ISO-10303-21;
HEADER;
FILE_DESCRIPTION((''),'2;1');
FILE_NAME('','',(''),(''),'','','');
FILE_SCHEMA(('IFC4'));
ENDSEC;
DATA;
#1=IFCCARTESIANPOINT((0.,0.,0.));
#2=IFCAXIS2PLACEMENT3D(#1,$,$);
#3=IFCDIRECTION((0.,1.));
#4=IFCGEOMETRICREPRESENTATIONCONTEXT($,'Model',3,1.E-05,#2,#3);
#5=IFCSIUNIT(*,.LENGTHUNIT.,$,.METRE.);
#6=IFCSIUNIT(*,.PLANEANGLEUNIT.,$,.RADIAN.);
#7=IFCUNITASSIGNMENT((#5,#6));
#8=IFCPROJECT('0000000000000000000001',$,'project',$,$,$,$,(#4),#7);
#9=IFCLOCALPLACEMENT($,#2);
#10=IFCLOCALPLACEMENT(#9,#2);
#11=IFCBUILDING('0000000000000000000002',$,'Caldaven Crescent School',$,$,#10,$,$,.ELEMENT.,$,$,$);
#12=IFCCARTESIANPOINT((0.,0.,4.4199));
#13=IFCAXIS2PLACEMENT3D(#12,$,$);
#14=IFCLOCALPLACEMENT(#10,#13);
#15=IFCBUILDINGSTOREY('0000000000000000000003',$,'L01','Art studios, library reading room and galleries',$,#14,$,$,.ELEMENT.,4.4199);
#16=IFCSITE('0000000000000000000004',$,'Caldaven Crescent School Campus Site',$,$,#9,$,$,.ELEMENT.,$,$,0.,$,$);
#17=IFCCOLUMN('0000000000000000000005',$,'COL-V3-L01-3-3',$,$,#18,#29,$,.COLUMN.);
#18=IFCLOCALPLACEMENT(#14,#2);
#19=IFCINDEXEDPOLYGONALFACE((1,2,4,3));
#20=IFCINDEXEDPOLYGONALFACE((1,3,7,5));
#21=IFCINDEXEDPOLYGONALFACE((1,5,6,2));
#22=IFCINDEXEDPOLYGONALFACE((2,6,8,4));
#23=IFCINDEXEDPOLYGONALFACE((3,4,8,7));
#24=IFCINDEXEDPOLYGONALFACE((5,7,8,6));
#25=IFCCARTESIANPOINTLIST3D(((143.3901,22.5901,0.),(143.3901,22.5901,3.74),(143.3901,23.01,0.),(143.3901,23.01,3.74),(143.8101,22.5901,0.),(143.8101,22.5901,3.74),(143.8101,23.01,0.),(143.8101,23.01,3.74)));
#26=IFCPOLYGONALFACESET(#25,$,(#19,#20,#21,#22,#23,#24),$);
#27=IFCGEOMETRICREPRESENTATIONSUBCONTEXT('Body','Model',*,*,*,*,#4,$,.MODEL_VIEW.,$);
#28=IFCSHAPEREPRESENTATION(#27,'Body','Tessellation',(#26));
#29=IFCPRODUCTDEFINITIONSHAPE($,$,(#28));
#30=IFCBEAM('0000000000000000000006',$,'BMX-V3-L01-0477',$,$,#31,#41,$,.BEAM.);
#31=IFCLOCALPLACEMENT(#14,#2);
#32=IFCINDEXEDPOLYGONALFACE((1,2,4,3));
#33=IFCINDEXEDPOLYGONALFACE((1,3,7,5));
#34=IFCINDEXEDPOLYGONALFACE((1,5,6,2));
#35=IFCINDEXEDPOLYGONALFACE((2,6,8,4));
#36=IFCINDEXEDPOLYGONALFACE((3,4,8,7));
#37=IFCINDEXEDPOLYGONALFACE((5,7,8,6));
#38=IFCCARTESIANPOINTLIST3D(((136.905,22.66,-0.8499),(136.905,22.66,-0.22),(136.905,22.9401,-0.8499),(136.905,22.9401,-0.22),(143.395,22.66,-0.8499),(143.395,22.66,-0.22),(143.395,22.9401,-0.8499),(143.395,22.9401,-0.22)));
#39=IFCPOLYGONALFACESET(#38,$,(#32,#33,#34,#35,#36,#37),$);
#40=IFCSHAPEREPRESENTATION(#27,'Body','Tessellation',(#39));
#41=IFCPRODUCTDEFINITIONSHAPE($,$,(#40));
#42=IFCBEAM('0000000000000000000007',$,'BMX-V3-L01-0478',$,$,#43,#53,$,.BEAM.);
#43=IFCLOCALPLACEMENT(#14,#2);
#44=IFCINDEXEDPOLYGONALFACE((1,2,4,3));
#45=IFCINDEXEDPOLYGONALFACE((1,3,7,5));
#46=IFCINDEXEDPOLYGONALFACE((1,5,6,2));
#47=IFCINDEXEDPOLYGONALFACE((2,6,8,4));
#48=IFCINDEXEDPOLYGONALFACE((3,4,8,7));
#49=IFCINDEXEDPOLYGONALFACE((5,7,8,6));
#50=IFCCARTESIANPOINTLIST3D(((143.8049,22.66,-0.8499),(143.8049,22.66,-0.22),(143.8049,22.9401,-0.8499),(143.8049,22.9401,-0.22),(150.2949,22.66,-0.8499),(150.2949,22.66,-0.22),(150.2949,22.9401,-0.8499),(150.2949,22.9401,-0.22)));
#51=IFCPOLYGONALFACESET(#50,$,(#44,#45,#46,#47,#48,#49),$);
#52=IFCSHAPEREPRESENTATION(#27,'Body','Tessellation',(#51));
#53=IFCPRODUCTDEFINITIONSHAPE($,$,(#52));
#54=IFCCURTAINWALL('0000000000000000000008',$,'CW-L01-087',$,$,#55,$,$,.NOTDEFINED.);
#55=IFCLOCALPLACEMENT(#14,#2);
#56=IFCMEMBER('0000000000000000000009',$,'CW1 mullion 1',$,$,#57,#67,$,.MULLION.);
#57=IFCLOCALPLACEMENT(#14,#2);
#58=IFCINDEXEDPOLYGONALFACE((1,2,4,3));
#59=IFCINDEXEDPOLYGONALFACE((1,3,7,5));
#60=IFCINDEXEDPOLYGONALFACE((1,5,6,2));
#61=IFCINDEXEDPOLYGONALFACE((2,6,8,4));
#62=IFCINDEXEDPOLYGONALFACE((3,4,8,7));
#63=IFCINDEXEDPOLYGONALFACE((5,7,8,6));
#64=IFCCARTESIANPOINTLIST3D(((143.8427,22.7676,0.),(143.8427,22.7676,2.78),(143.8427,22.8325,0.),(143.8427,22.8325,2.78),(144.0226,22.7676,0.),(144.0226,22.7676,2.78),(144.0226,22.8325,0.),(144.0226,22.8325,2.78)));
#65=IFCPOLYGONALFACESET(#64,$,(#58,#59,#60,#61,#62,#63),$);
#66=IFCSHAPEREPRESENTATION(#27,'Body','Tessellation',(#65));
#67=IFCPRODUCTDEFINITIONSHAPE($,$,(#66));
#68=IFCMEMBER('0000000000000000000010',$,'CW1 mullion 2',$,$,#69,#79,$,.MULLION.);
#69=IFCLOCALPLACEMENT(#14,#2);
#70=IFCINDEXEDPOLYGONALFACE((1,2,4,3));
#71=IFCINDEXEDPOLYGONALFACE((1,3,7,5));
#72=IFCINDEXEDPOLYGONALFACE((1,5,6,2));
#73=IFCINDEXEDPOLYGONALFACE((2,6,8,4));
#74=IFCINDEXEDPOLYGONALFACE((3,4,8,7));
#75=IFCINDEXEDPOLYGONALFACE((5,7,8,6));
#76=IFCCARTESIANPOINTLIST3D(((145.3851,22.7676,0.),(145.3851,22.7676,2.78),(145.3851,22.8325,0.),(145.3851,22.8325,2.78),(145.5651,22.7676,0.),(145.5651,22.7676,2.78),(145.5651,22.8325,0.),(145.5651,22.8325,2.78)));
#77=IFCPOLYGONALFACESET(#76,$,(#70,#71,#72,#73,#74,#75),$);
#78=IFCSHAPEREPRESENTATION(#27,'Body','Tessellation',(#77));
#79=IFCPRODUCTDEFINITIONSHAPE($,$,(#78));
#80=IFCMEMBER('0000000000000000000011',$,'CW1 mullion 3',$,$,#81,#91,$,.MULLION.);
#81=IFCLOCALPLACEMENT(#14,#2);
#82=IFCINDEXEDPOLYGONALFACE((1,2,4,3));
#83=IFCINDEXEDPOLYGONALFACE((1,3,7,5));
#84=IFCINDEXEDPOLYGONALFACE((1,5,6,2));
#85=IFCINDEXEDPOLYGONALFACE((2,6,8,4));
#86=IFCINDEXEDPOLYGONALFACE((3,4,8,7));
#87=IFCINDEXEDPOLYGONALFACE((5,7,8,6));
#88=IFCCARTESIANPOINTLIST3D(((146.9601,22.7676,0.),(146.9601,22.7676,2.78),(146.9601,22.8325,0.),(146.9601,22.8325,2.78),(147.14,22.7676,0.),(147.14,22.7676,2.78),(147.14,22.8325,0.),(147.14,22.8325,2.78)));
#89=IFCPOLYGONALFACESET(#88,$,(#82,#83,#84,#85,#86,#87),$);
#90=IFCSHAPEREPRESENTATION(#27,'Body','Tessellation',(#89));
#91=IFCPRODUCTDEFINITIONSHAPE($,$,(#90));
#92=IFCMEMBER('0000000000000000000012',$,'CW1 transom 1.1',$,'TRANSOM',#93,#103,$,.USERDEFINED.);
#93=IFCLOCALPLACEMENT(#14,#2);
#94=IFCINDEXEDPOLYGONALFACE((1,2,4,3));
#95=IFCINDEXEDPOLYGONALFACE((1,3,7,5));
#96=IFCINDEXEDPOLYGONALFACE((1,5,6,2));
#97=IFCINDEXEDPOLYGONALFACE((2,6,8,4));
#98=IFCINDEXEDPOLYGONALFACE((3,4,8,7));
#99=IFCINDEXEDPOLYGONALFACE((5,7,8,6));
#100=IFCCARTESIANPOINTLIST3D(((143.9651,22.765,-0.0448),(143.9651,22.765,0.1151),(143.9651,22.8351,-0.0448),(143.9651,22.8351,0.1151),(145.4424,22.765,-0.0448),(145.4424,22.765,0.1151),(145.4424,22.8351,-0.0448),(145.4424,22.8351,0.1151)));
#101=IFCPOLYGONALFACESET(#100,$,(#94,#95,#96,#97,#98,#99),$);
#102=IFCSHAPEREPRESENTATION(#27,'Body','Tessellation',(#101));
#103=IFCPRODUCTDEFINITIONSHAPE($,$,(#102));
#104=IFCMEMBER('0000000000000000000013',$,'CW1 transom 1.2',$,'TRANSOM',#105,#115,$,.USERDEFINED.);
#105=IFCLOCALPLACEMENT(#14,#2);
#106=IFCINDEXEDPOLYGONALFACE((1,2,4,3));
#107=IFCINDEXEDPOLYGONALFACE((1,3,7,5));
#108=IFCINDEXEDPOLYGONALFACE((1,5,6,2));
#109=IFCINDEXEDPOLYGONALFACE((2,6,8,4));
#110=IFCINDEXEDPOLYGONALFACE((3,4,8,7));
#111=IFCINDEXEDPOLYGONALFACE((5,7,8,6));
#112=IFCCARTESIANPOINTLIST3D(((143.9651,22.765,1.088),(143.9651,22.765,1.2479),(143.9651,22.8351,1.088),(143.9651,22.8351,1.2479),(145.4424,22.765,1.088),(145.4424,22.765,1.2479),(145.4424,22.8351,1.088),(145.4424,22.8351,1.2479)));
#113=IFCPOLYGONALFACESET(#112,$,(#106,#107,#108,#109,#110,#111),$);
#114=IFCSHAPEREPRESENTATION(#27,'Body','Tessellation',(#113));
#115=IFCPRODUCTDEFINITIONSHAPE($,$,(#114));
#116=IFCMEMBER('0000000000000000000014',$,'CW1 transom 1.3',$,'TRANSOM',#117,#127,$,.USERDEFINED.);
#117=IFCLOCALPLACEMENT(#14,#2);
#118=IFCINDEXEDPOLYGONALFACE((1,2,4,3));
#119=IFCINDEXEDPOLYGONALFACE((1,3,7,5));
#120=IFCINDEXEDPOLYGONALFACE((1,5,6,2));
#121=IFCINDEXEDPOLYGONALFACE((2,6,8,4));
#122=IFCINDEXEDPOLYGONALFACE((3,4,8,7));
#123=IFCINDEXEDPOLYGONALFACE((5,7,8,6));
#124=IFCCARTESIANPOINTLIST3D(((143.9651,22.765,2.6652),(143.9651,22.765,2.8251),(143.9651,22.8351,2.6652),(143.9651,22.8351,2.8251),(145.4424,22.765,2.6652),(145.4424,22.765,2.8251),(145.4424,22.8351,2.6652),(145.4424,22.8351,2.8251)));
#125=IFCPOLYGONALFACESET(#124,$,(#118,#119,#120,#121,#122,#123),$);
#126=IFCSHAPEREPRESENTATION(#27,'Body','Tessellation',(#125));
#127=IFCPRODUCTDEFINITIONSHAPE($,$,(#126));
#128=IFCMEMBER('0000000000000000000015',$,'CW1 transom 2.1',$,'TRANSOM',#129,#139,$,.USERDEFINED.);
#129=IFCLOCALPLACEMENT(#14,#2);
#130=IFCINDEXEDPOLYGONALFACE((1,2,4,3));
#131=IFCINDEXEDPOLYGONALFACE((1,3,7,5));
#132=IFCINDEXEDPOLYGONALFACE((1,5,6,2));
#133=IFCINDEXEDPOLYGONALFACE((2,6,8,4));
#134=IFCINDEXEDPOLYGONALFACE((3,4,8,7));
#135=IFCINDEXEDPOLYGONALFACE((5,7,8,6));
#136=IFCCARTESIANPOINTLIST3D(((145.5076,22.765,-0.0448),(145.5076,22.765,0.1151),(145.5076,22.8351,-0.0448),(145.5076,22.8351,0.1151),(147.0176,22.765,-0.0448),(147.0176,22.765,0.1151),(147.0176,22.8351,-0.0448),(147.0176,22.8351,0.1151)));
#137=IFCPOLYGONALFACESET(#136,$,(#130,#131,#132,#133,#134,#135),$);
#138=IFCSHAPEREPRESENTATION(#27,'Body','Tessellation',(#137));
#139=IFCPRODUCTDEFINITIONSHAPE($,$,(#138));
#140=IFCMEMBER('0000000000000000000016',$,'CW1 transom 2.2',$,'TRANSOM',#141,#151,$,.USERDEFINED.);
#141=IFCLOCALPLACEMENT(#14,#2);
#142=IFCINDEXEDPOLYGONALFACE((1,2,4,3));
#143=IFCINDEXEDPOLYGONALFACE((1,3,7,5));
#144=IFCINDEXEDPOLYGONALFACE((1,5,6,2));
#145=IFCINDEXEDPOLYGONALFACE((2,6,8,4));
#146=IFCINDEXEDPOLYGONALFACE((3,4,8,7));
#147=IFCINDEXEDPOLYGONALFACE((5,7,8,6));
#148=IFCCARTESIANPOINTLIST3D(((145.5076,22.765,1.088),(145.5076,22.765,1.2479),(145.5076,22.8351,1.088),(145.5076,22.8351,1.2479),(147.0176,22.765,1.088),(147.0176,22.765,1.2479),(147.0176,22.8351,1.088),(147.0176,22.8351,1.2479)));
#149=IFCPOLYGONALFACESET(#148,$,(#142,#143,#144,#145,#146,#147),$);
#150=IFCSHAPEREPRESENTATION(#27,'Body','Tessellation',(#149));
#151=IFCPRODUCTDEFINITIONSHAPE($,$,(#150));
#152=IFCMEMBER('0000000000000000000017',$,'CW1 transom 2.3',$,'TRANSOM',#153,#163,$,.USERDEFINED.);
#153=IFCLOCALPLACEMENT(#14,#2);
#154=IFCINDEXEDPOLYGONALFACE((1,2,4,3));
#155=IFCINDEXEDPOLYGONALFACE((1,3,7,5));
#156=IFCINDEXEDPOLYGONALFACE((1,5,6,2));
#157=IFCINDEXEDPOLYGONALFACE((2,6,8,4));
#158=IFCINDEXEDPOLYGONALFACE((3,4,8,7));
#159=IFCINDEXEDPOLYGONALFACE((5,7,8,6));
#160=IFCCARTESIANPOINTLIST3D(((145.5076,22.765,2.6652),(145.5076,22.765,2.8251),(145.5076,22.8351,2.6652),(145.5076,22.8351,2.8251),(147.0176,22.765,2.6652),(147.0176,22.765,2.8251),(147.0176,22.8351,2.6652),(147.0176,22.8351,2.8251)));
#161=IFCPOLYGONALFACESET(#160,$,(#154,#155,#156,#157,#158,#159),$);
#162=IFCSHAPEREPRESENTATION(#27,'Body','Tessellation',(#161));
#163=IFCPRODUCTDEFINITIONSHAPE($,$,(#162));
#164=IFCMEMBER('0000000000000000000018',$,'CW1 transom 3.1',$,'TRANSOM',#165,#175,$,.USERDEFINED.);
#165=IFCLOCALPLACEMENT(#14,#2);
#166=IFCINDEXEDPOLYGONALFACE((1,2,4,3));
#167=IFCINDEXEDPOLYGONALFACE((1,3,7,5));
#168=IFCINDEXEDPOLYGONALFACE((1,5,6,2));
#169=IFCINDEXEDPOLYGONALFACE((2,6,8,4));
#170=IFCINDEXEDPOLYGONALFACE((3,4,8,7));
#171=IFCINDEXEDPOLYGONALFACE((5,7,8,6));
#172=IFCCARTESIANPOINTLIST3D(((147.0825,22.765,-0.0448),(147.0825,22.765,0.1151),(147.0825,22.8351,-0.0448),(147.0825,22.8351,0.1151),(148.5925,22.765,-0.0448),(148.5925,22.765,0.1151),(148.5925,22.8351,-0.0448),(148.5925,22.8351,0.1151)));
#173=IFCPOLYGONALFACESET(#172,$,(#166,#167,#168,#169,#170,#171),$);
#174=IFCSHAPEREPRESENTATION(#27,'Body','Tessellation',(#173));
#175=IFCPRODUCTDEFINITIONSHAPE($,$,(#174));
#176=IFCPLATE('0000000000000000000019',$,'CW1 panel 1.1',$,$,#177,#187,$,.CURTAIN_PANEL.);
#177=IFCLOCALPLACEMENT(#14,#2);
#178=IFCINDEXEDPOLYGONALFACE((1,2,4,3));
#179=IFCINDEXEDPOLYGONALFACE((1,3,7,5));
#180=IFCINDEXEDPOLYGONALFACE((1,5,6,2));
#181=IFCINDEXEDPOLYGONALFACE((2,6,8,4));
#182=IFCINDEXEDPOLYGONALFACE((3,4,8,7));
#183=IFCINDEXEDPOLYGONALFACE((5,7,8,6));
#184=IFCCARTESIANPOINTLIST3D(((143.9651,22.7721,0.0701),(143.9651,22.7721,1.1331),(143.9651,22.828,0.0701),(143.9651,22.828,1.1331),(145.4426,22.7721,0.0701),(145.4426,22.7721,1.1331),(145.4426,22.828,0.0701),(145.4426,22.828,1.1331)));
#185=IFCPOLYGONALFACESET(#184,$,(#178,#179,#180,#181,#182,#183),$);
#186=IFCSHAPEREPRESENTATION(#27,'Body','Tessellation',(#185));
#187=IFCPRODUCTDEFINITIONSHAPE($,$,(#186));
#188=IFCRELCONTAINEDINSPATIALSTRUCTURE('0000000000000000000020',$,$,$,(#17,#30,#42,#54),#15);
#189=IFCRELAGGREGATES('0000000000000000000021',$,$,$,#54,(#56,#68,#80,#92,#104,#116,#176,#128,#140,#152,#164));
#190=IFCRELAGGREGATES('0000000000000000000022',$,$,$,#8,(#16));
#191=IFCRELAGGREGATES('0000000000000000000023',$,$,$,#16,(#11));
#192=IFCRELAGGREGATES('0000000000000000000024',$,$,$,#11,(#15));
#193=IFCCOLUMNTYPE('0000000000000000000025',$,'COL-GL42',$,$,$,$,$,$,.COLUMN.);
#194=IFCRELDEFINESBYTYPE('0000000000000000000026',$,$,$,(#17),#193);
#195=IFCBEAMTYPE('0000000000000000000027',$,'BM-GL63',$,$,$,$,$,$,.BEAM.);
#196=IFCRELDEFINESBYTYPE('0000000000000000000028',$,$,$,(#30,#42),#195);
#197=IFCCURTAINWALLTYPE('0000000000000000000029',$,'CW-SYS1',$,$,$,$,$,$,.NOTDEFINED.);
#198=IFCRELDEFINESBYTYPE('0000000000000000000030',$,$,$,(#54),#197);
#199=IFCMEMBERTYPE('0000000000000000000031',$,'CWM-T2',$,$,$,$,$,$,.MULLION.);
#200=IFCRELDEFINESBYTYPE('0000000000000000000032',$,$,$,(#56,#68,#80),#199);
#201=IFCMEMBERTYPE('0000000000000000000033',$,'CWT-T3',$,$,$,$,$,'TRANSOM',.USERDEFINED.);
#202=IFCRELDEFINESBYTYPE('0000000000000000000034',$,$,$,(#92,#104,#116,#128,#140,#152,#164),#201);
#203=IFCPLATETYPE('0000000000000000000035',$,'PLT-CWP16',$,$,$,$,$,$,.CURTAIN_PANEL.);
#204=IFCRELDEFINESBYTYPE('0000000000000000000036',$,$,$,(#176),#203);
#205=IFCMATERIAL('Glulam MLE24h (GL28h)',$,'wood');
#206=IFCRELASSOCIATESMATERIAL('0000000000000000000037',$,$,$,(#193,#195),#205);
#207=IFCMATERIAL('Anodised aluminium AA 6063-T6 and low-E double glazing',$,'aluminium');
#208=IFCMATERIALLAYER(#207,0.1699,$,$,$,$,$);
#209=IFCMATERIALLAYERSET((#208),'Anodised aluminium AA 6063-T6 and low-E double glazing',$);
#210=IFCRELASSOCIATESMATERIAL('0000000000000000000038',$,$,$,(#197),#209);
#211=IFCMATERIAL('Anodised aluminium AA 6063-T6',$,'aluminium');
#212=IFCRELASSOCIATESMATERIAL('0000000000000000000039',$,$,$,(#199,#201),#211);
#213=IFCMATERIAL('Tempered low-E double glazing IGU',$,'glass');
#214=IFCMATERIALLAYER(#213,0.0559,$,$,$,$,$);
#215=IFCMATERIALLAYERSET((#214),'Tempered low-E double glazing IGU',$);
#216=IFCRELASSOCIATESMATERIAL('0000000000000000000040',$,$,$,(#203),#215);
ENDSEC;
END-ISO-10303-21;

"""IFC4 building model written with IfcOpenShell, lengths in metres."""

from ifc_helpers import new_model, si_unit, direction, frame, origin, origin_2d, place, context, subcontext, project, spatial, rectangle, extrude, material, layer, layer_set, material_profile, profile_set, type_object, element, aggregate, save


model = new_model("IFC4")

# Units and contexts
model_context = context("Model", 3, precision=1e-05, world=origin(), true_north=direction((0.0, 1.0)))
body_context = subcontext(model_context, "Body", "Model", "MODEL_VIEW")
ifc_project = project(units=[si_unit("LENGTHUNIT", "METRE"), si_unit("PLANEANGLEUNIT", "RADIAN")], contexts=[model_context])

# Site, building, storey
site_placement = place(None, origin())
site = spatial("IfcSite", under=ifc_project, at=site_placement, Name="Caldaven Crescent School Campus Site", CompositionType="ELEMENT", RefElevation=0.0)
building_placement = place(site_placement, origin())
building = spatial("IfcBuilding", under=site, at=building_placement, Name="Caldaven Crescent School", CompositionType="ELEMENT")
storey_placement = place(building_placement, frame((0.0, 0.0, 4.4199)))
storey = spatial("IfcBuildingStorey", under=building, at=storey_placement, Name="L01", Description="Art studios, library reading room and galleries", CompositionType="ELEMENT", Elevation=4.4199)

# Column
ifc_material_1 = material(Name="Glulam MLE24h (GL28h)", Category="wood")
ifc_material_profile_1 = material_profile(ifc_material_1, rectangle(XDim=0.4199, YDim=0.4199, at=origin_2d()), Name="MLE 420x420")
ifc_profile_set_1 = profile_set([ifc_material_profile_1], Name="Glulam MLE24h (GL28h)")
column_type = type_object("IfcColumnType", Name="COL-GL42", PredefinedType="COLUMN", material=ifc_profile_set_1)
column_placement = place(storey_placement, frame((143.6001, 22.8, 0.0), z_axis=(0.0, 0.0, 1.0), x_axis=(1.0, 0.0, 0.0)))
element("IfcColumn", 1, at=column_placement, inside=storey, type_object=column_type, Name="COL-V3-L01-3-3", PredefinedType="COLUMN", context=body_context, shape_type="SweptSolid", body=[
    extrude(rectangle(XDim=0.4199, YDim=0.4199, at=origin_2d()), origin(), (0.0, 0.0, 1.0), 3.74),
])

# Beams
ifc_material_profile_2 = material_profile(ifc_material_1, rectangle(XDim=0.28, YDim=0.6299, at=origin_2d()), Name="MLE 280x630")
ifc_profile_set_2 = profile_set([ifc_material_profile_2], Name="Glulam MLE24h (GL28h)")
beam_type = type_object("IfcBeamType", Name="BM-GL63", PredefinedType="BEAM", material=ifc_profile_set_2)
for number, where, z_axis, x_axis, name in (
    (2, (136.905, 22.8, -0.5349), (1.0, 0.0, 0.0), (0.0, 1.0, 0.0), "BMX-V3-L01-0477"),
    (3, (143.8049, 22.8, -0.5349), (1.0, 0.0, 0.0), (0.0, 1.0, 0.0), "BMX-V3-L01-0478"),
):
    element("IfcBeam", number, at=place(storey_placement, frame(where, z_axis=z_axis, x_axis=x_axis)), inside=storey, type_object=beam_type, Name=name, PredefinedType="BEAM", context=body_context, shape_type="SweptSolid", body=[
        extrude(rectangle(XDim=0.28, YDim=0.6299, at=origin_2d()), origin(), (0.0, 0.0, 1.0), 6.49),
    ])

# Curtain wall, members, plate
ifc_material_2 = material(Name="Anodised aluminium AA 6063-T6 and low-E double glazing", Category="aluminium")
ifc_layer_1 = layer(ifc_material_2, 0.1699)
ifc_layer_set_1 = layer_set([ifc_layer_1], Name="Anodised aluminium AA 6063-T6 and low-E double glazing")
curtain_wall_type = type_object("IfcCurtainWallType", Name="CW-SYS1", PredefinedType="NOTDEFINED", material=ifc_layer_set_1)
curtain_wall_placement = place(storey_placement, origin())
curtain_wall = element("IfcCurtainWall", 4, at=curtain_wall_placement, inside=storey, type_object=curtain_wall_type, Name="CW-L01-087", PredefinedType="NOTDEFINED")
ifc_material_3 = material(Name="Anodised aluminium AA 6063-T6", Category="aluminium")
ifc_material_profile_3 = material_profile(ifc_material_3, rectangle(XDim=0.0649, YDim=0.1799, at=origin_2d()), Name="CWM 65x180")
ifc_profile_set_3 = profile_set([ifc_material_profile_3], Name="Anodised aluminium AA 6063-T6")
member_type_1 = type_object("IfcMemberType", Name="CWM-T2", PredefinedType="MULLION", material=ifc_profile_set_3)
member_1_placement = place(storey_placement, frame((143.9326, 22.8, 0.0), z_axis=(0.0, 0.0, 1.0), x_axis=(0.0, 1.0, 0.0)))
member_1 = element("IfcMember", 5, at=member_1_placement, type_object=member_type_1, Name="CW1 mullion 1", PredefinedType="MULLION", context=body_context, shape_type="SweptSolid", body=[
    extrude(rectangle(XDim=0.0649, YDim=0.1799, at=origin_2d()), origin(), (0.0, 0.0, 1.0), 2.78),
])
member_2_placement = place(storey_placement, frame((145.4751, 22.8, 0.0), z_axis=(0.0, 0.0, 1.0), x_axis=(0.0, 1.0, 0.0)))
member_2 = element("IfcMember", 6, at=member_2_placement, type_object=member_type_1, Name="CW1 mullion 2", PredefinedType="MULLION", context=body_context, shape_type="SweptSolid", body=[
    extrude(rectangle(XDim=0.0649, YDim=0.1799, at=origin_2d()), origin(), (0.0, 0.0, 1.0), 2.78),
])
member_3_placement = place(storey_placement, frame((147.05, 22.8, 0.0), z_axis=(0.0, 0.0, 1.0), x_axis=(0.0, 1.0, 0.0)))
member_3 = element("IfcMember", 7, at=member_3_placement, type_object=member_type_1, Name="CW1 mullion 3", PredefinedType="MULLION", context=body_context, shape_type="SweptSolid", body=[
    extrude(rectangle(XDim=0.0649, YDim=0.1799, at=origin_2d()), origin(), (0.0, 0.0, 1.0), 2.78),
])
ifc_material_profile_4 = material_profile(ifc_material_3, rectangle(XDim=0.0701, YDim=0.1599, at=origin_2d()), Name="CWT 70x160")
ifc_profile_set_4 = profile_set([ifc_material_profile_4], Name="Anodised aluminium AA 6063-T6")
member_type_2 = type_object("IfcMemberType", Name="CWT-T3", ElementType="TRANSOM", PredefinedType="USERDEFINED", material=ifc_profile_set_4)
member_4_placement = place(storey_placement, frame((143.9651, 22.8, 0.0352), z_axis=(1.0, 0.0, 0.0), x_axis=(0.0, 1.0, 0.0)))
member_4 = element("IfcMember", 8, at=member_4_placement, type_object=member_type_2, Name="CW1 transom 1.1", ObjectType="TRANSOM", PredefinedType="USERDEFINED", context=body_context, shape_type="SweptSolid", body=[
    extrude(rectangle(XDim=0.0701, YDim=0.1599, at=origin_2d()), origin(), (0.0, 0.0, 1.0), 1.4773),
])
member_5_placement = place(storey_placement, frame((143.9651, 22.8, 1.168), z_axis=(1.0, 0.0, 0.0), x_axis=(0.0, 1.0, 0.0)))
member_5 = element("IfcMember", 9, at=member_5_placement, type_object=member_type_2, Name="CW1 transom 1.2", ObjectType="TRANSOM", PredefinedType="USERDEFINED", context=body_context, shape_type="SweptSolid", body=[
    extrude(rectangle(XDim=0.0701, YDim=0.1599, at=origin_2d()), origin(), (0.0, 0.0, 1.0), 1.4773),
])
member_6_placement = place(storey_placement, frame((143.9651, 22.8, 2.7451), z_axis=(1.0, 0.0, 0.0), x_axis=(0.0, 1.0, 0.0)))
member_6 = element("IfcMember", 10, at=member_6_placement, type_object=member_type_2, Name="CW1 transom 1.3", ObjectType="TRANSOM", PredefinedType="USERDEFINED", context=body_context, shape_type="SweptSolid", body=[
    extrude(rectangle(XDim=0.0701, YDim=0.1599, at=origin_2d()), origin(), (0.0, 0.0, 1.0), 1.4773),
])
member_7_placement = place(storey_placement, frame((145.5076, 22.8, 0.0352), z_axis=(1.0, 0.0, 0.0), x_axis=(0.0, 1.0, 0.0)))
member_7 = element("IfcMember", 11, at=member_7_placement, type_object=member_type_2, Name="CW1 transom 2.1", ObjectType="TRANSOM", PredefinedType="USERDEFINED", context=body_context, shape_type="SweptSolid", body=[
    extrude(rectangle(XDim=0.0701, YDim=0.1599, at=origin_2d()), origin(), (0.0, 0.0, 1.0), 1.51),
])
member_8_placement = place(storey_placement, frame((145.5076, 22.8, 1.168), z_axis=(1.0, 0.0, 0.0), x_axis=(0.0, 1.0, 0.0)))
member_8 = element("IfcMember", 12, at=member_8_placement, type_object=member_type_2, Name="CW1 transom 2.2", ObjectType="TRANSOM", PredefinedType="USERDEFINED", context=body_context, shape_type="SweptSolid", body=[
    extrude(rectangle(XDim=0.0701, YDim=0.1599, at=origin_2d()), origin(), (0.0, 0.0, 1.0), 1.51),
])
member_9_placement = place(storey_placement, frame((145.5076, 22.8, 2.7451), z_axis=(1.0, 0.0, 0.0), x_axis=(0.0, 1.0, 0.0)))
member_9 = element("IfcMember", 13, at=member_9_placement, type_object=member_type_2, Name="CW1 transom 2.3", ObjectType="TRANSOM", PredefinedType="USERDEFINED", context=body_context, shape_type="SweptSolid", body=[
    extrude(rectangle(XDim=0.0701, YDim=0.1599, at=origin_2d()), origin(), (0.0, 0.0, 1.0), 1.51),
])
member_10_placement = place(storey_placement, frame((147.0825, 22.8, 0.0352), z_axis=(1.0, 0.0, 0.0), x_axis=(0.0, 1.0, 0.0)))
member_10 = element("IfcMember", 14, at=member_10_placement, type_object=member_type_2, Name="CW1 transom 3.1", ObjectType="TRANSOM", PredefinedType="USERDEFINED", context=body_context, shape_type="SweptSolid", body=[
    extrude(rectangle(XDim=0.0701, YDim=0.1599, at=origin_2d()), origin(), (0.0, 0.0, 1.0), 1.51),
])
ifc_material_4 = material(Name="Tempered low-E double glazing IGU", Category="glass")
ifc_layer_2 = layer(ifc_material_4, 0.0559)
ifc_layer_set_2 = layer_set([ifc_layer_2], Name="Tempered low-E double glazing IGU")
plate_type = type_object("IfcPlateType", Name="PLT-CWP16", PredefinedType="CURTAIN_PANEL", material=ifc_layer_set_2)
plate_1_placement = place(storey_placement, frame((144.7039, 22.8, 0.0701), z_axis=(0.0, 0.0, 1.0), x_axis=(1.0, 0.0, 0.0)))
plate_1 = element("IfcPlate", 15, at=plate_1_placement, type_object=plate_type, Name="CW1 panel 1.1", PredefinedType="CURTAIN_PANEL", context=body_context, shape_type="SweptSolid", body=[
    extrude(rectangle(XDim=1.4775, YDim=0.0559, at=origin_2d()), origin(), (0.0, 0.0, 1.0), 1.063),
])
aggregate(curtain_wall, [member_1, member_2, member_3, member_4, member_5, member_6, plate_1, member_7, member_8, member_9, member_10])

save(model, "model.ifc")
